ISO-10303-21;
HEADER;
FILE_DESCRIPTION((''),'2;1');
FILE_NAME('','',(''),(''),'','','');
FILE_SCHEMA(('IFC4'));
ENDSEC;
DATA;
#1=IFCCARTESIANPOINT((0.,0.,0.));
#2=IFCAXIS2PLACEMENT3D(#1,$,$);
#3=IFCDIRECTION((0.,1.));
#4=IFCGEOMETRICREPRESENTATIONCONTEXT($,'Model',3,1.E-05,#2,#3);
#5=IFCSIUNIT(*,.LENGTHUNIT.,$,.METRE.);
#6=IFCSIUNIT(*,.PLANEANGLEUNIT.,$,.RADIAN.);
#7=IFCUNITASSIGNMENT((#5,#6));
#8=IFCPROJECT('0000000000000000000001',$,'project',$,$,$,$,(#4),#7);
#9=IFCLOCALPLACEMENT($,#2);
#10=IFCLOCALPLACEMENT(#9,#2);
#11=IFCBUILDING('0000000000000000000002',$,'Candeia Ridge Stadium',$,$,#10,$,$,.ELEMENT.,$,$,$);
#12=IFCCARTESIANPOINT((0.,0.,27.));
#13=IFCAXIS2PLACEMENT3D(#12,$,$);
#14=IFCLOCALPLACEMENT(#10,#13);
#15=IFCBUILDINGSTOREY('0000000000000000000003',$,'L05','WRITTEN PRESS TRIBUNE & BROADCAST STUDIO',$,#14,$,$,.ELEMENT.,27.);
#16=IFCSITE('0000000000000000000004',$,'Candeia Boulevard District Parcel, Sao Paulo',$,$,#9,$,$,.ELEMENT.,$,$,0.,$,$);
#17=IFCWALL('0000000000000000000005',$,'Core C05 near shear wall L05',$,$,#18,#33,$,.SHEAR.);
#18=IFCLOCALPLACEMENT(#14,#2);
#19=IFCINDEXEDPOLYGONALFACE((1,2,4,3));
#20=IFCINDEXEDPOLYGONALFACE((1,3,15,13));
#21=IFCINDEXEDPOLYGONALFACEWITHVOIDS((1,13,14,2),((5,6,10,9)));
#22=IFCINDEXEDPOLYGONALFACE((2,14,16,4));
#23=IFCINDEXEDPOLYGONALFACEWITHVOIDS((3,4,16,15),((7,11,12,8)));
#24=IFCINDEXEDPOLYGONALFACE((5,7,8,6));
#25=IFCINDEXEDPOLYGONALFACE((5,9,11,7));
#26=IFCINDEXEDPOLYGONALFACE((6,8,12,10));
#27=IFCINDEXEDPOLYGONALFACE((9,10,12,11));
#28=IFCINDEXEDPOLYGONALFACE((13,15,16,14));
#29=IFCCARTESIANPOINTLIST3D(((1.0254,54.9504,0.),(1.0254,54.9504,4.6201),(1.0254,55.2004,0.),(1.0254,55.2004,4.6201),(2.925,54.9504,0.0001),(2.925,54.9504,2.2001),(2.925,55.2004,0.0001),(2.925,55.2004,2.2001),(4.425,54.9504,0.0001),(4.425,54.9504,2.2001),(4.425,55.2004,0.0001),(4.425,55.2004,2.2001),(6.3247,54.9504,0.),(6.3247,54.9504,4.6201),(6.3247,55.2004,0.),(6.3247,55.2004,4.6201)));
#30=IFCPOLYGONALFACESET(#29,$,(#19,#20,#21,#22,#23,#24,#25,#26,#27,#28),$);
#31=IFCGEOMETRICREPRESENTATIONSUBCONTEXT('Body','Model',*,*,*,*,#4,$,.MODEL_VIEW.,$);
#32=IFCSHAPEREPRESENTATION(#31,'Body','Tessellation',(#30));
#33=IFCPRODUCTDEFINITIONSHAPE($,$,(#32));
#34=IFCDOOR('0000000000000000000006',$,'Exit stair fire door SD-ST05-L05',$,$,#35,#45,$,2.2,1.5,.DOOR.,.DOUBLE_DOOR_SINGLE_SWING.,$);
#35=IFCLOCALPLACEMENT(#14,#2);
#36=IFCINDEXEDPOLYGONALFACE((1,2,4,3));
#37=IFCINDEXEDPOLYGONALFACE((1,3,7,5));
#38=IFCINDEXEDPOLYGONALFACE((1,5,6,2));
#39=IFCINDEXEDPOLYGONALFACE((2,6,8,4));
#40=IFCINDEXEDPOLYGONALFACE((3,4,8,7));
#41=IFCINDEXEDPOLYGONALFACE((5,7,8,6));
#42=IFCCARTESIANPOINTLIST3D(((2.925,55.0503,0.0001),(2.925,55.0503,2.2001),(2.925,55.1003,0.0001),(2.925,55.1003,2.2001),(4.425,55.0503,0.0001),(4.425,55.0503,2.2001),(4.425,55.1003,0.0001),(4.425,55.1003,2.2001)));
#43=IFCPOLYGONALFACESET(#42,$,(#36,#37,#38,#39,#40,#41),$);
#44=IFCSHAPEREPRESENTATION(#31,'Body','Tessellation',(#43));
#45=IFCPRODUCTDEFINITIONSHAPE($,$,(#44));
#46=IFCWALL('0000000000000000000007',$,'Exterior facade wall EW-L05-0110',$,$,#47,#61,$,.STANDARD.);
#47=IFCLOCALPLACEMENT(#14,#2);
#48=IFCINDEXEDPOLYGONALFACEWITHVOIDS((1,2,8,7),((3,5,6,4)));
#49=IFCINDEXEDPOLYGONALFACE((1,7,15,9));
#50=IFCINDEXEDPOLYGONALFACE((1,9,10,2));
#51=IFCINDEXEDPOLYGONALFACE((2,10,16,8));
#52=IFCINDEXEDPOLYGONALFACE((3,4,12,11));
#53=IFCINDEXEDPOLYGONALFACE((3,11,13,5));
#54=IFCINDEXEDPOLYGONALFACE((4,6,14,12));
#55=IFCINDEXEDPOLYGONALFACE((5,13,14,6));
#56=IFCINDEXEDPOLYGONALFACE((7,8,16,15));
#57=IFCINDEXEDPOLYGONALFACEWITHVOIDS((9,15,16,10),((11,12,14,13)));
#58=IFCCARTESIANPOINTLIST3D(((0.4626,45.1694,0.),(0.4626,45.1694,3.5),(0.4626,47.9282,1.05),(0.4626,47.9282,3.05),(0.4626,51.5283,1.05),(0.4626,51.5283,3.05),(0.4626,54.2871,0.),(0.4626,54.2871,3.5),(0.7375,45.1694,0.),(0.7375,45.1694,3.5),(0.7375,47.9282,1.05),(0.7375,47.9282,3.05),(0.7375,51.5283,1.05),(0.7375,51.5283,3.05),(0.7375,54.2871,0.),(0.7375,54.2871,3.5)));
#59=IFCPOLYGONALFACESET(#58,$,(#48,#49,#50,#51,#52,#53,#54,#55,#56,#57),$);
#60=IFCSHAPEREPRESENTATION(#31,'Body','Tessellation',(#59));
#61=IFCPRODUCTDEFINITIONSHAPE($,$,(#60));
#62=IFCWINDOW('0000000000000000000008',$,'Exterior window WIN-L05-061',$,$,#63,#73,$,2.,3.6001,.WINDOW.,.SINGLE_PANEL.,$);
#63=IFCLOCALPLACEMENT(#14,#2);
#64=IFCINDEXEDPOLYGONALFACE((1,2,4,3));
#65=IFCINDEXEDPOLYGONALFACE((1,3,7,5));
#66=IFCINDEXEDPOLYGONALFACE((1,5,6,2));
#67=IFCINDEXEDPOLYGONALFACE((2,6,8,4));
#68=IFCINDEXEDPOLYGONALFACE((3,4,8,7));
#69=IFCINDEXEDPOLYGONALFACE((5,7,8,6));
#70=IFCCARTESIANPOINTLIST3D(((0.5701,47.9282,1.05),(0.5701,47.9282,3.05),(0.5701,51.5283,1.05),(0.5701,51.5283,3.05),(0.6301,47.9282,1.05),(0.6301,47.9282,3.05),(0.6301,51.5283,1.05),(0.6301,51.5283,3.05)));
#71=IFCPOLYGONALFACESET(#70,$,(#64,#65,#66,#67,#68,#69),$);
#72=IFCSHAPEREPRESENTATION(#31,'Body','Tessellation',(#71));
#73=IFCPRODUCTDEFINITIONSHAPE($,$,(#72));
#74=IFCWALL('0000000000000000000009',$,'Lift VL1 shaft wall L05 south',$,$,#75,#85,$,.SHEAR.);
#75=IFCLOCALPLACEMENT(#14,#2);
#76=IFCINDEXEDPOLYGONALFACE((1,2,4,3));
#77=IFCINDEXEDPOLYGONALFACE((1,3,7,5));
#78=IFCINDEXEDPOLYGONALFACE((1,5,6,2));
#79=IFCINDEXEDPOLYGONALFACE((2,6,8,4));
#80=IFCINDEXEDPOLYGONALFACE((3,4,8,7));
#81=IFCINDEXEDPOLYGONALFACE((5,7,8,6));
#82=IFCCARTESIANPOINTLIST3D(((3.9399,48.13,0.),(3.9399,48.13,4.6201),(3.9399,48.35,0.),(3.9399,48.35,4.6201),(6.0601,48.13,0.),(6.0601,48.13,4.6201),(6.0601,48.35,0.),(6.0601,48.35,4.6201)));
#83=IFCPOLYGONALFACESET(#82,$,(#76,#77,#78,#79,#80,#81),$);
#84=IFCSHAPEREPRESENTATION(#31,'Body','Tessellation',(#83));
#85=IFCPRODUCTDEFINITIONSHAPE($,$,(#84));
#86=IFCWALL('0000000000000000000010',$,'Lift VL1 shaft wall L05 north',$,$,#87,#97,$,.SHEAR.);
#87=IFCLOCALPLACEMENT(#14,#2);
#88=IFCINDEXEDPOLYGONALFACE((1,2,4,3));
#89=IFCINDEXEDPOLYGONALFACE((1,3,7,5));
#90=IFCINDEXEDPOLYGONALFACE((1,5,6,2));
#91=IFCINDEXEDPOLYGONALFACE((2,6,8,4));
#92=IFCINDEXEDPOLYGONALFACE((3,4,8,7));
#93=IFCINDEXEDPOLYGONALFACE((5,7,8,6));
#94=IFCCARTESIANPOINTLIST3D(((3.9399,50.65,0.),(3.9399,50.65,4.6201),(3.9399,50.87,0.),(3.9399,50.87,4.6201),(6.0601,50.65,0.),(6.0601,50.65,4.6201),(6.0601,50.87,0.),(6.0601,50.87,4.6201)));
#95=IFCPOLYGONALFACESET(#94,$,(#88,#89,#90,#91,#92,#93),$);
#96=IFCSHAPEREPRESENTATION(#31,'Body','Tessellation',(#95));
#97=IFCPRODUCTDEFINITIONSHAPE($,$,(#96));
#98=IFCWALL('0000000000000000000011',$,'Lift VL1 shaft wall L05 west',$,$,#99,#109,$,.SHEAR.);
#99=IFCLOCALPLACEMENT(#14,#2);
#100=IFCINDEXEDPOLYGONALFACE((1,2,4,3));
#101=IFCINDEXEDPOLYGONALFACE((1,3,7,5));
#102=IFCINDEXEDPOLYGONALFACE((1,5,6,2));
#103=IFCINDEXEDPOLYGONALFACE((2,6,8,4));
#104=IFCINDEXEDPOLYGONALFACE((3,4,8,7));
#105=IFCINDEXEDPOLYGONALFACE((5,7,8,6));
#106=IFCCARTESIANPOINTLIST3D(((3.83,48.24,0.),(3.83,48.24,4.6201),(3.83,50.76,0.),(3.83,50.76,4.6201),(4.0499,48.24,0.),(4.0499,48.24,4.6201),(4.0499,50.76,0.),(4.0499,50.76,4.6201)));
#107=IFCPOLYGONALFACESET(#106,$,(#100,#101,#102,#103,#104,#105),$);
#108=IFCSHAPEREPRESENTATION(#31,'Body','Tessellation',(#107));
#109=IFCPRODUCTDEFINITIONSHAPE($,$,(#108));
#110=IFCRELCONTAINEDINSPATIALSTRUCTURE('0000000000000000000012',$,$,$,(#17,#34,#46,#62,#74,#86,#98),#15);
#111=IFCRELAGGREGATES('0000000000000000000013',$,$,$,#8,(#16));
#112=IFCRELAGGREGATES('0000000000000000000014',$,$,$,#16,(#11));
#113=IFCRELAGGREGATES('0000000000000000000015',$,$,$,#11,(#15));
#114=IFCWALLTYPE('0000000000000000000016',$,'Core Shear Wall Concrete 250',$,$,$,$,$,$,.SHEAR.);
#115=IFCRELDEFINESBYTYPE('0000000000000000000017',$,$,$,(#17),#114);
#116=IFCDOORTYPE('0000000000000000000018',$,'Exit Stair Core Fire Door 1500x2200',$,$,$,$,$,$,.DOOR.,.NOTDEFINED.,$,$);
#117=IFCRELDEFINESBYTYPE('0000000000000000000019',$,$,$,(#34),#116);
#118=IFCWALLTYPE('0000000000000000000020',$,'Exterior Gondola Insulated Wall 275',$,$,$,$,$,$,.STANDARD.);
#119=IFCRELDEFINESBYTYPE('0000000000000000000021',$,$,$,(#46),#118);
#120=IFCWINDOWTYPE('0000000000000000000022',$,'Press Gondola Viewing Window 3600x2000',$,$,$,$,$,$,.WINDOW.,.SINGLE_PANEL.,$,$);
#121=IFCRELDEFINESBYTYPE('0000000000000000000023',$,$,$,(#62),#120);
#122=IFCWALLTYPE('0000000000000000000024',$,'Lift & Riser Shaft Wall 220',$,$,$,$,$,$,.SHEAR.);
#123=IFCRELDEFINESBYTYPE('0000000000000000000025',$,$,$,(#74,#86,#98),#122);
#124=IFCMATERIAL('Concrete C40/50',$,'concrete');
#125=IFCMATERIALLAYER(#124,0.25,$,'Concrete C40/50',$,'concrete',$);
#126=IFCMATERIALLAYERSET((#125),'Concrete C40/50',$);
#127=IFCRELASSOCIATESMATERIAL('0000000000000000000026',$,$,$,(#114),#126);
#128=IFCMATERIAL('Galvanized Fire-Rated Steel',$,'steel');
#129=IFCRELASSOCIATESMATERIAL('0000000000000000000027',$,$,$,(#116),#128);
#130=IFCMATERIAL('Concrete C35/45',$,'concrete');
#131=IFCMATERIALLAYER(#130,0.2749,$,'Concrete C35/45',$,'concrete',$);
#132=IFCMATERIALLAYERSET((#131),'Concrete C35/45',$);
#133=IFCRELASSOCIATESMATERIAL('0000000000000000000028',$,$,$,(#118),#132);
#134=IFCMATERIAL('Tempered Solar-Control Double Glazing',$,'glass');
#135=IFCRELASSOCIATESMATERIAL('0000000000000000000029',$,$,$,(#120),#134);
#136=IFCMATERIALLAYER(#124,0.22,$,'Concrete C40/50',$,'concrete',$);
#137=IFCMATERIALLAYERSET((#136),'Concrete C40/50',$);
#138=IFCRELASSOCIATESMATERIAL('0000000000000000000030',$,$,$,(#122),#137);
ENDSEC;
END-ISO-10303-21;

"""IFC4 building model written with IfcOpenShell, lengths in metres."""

from ifc_helpers import new_model, si_unit, direction, frame, frame_2d, origin, place, context, subcontext, project, spatial, rectangle, extrude, material, layer, layer_set, type_object, element, fill, save


model = new_model("IFC4")

# Units and contexts
model_context = context("Model", 3, precision=1e-05, world=origin(), true_north=direction((0.0, 1.0)))
body_context = subcontext(model_context, "Body", "Model", "MODEL_VIEW")
ifc_project = project(units=[si_unit("LENGTHUNIT", "METRE"), si_unit("PLANEANGLEUNIT", "RADIAN")], contexts=[model_context])

# Site, building, storey
site_placement = place(None, origin())
site = spatial("IfcSite", under=ifc_project, at=site_placement, Name="Candeia Boulevard District Parcel, Sao Paulo", CompositionType="ELEMENT", RefElevation=0.0)
building_placement = place(site_placement, origin())
building = spatial("IfcBuilding", under=site, at=building_placement, Name="Candeia Ridge Stadium", CompositionType="ELEMENT")
storey_placement = place(building_placement, frame((0.0, 0.0, 27.0)))
storey = spatial("IfcBuildingStorey", under=building, at=storey_placement, Name="L05", Description="WRITTEN PRESS TRIBUNE & BROADCAST STUDIO", CompositionType="ELEMENT", Elevation=27.0)

# Shared definitions
ifc_material_1 = material(Name="Concrete C40/50", Category="concrete")

# Shared definitions
ifc_layer_1 = layer(ifc_material_1, 0.25, Name="Concrete C40/50", Category="concrete")
ifc_layer_set_1 = layer_set([ifc_layer_1], Name="Concrete C40/50")
wall_type_1 = type_object("IfcWallType", Name="Core Shear Wall Concrete 250", PredefinedType="SHEAR", material=ifc_layer_set_1)

# Wall, opening, door
wall_1_placement = place(storey_placement, frame((1.0254, 55.0754, 0.0), z_axis=(0.0, 0.0, 1.0), x_axis=(1.0, 0.0, 0.0)))
wall_1 = element("IfcWall", 1, at=wall_1_placement, inside=storey, type_object=wall_type_1, Name="Core C05 near shear wall L05", PredefinedType="SHEAR", context=body_context, shape_type="SweptSolid", body=[
    extrude(rectangle(XDim=5.2993, YDim=0.25, at=frame_2d((2.6497, 0.0))), origin(), (0.0, 0.0, 1.0), 4.6201),
])
opening_1_placement = place(wall_1_placement, frame((1.8997, 0.0, 0.0)))
opening_1 = element("IfcOpeningElement", 2, at=opening_1_placement, cuts=wall_1, PredefinedType="OPENING", context=body_context, shape_type="SweptSolid", body=[
    extrude(rectangle(XDim=1.5, YDim=2.2, at=frame_2d((0.75, 1.1001))), frame((0.0, 0.135, 0.0), z_axis=(0.0, -1.0, 0.0), x_axis=(1.0, 0.0, 0.0)), (0.0, 0.0, 1.0), 0.27),
])
ifc_material_2 = material(Name="Galvanized Fire-Rated Steel", Category="steel")
door_type_1 = type_object("IfcDoorType", Name="Exit Stair Core Fire Door 1500x2200", OperationType="NOTDEFINED", PredefinedType="DOOR", material=ifc_material_2)
door_1_placement = place(opening_1_placement, origin())
door_1 = element("IfcDoor", 3, at=door_1_placement, inside=storey, type_object=door_type_1, Name="Exit stair fire door SD-ST05-L05", OperationType="DOUBLE_DOOR_SINGLE_SWING", OverallHeight=2.2, OverallWidth=1.5, PredefinedType="DOOR", context=body_context, shape_type="SweptSolid", body=[
    extrude(rectangle(XDim=1.5, YDim=2.2, at=frame_2d((0.75, 1.1001))), frame((0.0, 0.0249, 0.0), z_axis=(0.0, -1.0, 0.0), x_axis=(1.0, 0.0, 0.0)), (0.0, 0.0, 1.0), 0.05),
])
fill(opening_1, door_1)

# Wall, opening, window
ifc_material_3 = material(Name="Concrete C35/45", Category="concrete")
ifc_layer_2 = layer(ifc_material_3, 0.2749, Name="Concrete C35/45", Category="concrete")
ifc_layer_set_2 = layer_set([ifc_layer_2], Name="Concrete C35/45")
wall_type_2 = type_object("IfcWallType", Name="Exterior Gondola Insulated Wall 275", PredefinedType="STANDARD", material=ifc_layer_set_2)
wall_2_placement = place(storey_placement, frame((0.6001, 45.1694, 0.0), z_axis=(0.0, 0.0, 1.0), x_axis=(0.0, 1.0, 0.0)))
wall_2 = element("IfcWall", 4, at=wall_2_placement, inside=storey, type_object=wall_type_2, Name="Exterior facade wall EW-L05-0110", PredefinedType="STANDARD", context=body_context, shape_type="SweptSolid", body=[
    extrude(rectangle(XDim=9.1177, YDim=0.2749, at=frame_2d((4.5588, 0.0))), origin(), (0.0, 0.0, 1.0), 3.5),
])
opening_2_placement = place(wall_2_placement, frame((2.7588, 0.0, 1.05)))
opening_2 = element("IfcOpeningElement", 5, at=opening_2_placement, cuts=wall_2, PredefinedType="OPENING", context=body_context, shape_type="SweptSolid", body=[
    extrude(rectangle(XDim=3.6001, YDim=2.0, at=frame_2d((1.8, 1.0))), frame((0.0, 0.1475, 0.0), z_axis=(0.0, -1.0, 0.0), x_axis=(1.0, 0.0, 0.0)), (0.0, 0.0, 1.0), 0.2949),
])
ifc_material_4 = material(Name="Tempered Solar-Control Double Glazing", Category="glass")
window_type = type_object("IfcWindowType", Name="Press Gondola Viewing Window 3600x2000", PartitioningType="SINGLE_PANEL", PredefinedType="WINDOW", material=ifc_material_4)
window_placement = place(opening_2_placement, origin())
window = element("IfcWindow", 6, at=window_placement, inside=storey, type_object=window_type, Name="Exterior window WIN-L05-061", OverallHeight=2.0, OverallWidth=3.6001, PartitioningType="SINGLE_PANEL", PredefinedType="WINDOW", context=body_context, shape_type="SweptSolid", body=[
    extrude(rectangle(XDim=3.6001, YDim=2.0, at=frame_2d((1.8, 1.0))), frame((0.0, 0.03, 0.0), z_axis=(0.0, -1.0, 0.0), x_axis=(1.0, 0.0, 0.0)), (0.0, 0.0, 1.0), 0.0601),
])
fill(opening_2, window)

# Wall
ifc_layer_3 = layer(ifc_material_1, 0.22, Name="Concrete C40/50", Category="concrete")
ifc_layer_set_3 = layer_set([ifc_layer_3], Name="Concrete C40/50")
wall_type_3 = type_object("IfcWallType", Name="Lift & Riser Shaft Wall 220", PredefinedType="SHEAR", material=ifc_layer_set_3)
wall_3_placement = place(storey_placement, frame((3.9399, 48.24, 0.0), z_axis=(0.0, 0.0, 1.0), x_axis=(1.0, 0.0, 0.0)))
element("IfcWall", 7, at=wall_3_placement, inside=storey, type_object=wall_type_3, Name="Lift VL1 shaft wall L05 south", PredefinedType="SHEAR", context=body_context, shape_type="SweptSolid", body=[
    extrude(rectangle(XDim=2.1201, YDim=0.22, at=frame_2d((1.0601, 0.0))), origin(), (0.0, 0.0, 1.0), 4.6201),
])

# Walls
wall_4_placement = place(storey_placement, frame((6.0601, 50.76, 0.0), z_axis=(0.0, 0.0, 1.0), x_axis=(-1.0, 0.0, 0.0)))
element("IfcWall", 8, at=wall_4_placement, inside=storey, type_object=wall_type_3, Name="Lift VL1 shaft wall L05 north", PredefinedType="SHEAR", context=body_context, shape_type="SweptSolid", body=[
    extrude(rectangle(XDim=2.1201, YDim=0.22, at=frame_2d((1.0601, 0.0))), origin(), (0.0, 0.0, 1.0), 4.6201),
])
wall_5_placement = place(storey_placement, frame((3.9399, 50.76, 0.0), z_axis=(0.0, 0.0, 1.0), x_axis=(0.0, -1.0, 0.0)))
element("IfcWall", 9, at=wall_5_placement, inside=storey, type_object=wall_type_3, Name="Lift VL1 shaft wall L05 west", PredefinedType="SHEAR", context=body_context, shape_type="SweptSolid", body=[
    extrude(rectangle(XDim=2.52, YDim=0.22, at=frame_2d((1.26, 0.0))), origin(), (0.0, 0.0, 1.0), 4.6201),
])

save(model, "model.ifc")
